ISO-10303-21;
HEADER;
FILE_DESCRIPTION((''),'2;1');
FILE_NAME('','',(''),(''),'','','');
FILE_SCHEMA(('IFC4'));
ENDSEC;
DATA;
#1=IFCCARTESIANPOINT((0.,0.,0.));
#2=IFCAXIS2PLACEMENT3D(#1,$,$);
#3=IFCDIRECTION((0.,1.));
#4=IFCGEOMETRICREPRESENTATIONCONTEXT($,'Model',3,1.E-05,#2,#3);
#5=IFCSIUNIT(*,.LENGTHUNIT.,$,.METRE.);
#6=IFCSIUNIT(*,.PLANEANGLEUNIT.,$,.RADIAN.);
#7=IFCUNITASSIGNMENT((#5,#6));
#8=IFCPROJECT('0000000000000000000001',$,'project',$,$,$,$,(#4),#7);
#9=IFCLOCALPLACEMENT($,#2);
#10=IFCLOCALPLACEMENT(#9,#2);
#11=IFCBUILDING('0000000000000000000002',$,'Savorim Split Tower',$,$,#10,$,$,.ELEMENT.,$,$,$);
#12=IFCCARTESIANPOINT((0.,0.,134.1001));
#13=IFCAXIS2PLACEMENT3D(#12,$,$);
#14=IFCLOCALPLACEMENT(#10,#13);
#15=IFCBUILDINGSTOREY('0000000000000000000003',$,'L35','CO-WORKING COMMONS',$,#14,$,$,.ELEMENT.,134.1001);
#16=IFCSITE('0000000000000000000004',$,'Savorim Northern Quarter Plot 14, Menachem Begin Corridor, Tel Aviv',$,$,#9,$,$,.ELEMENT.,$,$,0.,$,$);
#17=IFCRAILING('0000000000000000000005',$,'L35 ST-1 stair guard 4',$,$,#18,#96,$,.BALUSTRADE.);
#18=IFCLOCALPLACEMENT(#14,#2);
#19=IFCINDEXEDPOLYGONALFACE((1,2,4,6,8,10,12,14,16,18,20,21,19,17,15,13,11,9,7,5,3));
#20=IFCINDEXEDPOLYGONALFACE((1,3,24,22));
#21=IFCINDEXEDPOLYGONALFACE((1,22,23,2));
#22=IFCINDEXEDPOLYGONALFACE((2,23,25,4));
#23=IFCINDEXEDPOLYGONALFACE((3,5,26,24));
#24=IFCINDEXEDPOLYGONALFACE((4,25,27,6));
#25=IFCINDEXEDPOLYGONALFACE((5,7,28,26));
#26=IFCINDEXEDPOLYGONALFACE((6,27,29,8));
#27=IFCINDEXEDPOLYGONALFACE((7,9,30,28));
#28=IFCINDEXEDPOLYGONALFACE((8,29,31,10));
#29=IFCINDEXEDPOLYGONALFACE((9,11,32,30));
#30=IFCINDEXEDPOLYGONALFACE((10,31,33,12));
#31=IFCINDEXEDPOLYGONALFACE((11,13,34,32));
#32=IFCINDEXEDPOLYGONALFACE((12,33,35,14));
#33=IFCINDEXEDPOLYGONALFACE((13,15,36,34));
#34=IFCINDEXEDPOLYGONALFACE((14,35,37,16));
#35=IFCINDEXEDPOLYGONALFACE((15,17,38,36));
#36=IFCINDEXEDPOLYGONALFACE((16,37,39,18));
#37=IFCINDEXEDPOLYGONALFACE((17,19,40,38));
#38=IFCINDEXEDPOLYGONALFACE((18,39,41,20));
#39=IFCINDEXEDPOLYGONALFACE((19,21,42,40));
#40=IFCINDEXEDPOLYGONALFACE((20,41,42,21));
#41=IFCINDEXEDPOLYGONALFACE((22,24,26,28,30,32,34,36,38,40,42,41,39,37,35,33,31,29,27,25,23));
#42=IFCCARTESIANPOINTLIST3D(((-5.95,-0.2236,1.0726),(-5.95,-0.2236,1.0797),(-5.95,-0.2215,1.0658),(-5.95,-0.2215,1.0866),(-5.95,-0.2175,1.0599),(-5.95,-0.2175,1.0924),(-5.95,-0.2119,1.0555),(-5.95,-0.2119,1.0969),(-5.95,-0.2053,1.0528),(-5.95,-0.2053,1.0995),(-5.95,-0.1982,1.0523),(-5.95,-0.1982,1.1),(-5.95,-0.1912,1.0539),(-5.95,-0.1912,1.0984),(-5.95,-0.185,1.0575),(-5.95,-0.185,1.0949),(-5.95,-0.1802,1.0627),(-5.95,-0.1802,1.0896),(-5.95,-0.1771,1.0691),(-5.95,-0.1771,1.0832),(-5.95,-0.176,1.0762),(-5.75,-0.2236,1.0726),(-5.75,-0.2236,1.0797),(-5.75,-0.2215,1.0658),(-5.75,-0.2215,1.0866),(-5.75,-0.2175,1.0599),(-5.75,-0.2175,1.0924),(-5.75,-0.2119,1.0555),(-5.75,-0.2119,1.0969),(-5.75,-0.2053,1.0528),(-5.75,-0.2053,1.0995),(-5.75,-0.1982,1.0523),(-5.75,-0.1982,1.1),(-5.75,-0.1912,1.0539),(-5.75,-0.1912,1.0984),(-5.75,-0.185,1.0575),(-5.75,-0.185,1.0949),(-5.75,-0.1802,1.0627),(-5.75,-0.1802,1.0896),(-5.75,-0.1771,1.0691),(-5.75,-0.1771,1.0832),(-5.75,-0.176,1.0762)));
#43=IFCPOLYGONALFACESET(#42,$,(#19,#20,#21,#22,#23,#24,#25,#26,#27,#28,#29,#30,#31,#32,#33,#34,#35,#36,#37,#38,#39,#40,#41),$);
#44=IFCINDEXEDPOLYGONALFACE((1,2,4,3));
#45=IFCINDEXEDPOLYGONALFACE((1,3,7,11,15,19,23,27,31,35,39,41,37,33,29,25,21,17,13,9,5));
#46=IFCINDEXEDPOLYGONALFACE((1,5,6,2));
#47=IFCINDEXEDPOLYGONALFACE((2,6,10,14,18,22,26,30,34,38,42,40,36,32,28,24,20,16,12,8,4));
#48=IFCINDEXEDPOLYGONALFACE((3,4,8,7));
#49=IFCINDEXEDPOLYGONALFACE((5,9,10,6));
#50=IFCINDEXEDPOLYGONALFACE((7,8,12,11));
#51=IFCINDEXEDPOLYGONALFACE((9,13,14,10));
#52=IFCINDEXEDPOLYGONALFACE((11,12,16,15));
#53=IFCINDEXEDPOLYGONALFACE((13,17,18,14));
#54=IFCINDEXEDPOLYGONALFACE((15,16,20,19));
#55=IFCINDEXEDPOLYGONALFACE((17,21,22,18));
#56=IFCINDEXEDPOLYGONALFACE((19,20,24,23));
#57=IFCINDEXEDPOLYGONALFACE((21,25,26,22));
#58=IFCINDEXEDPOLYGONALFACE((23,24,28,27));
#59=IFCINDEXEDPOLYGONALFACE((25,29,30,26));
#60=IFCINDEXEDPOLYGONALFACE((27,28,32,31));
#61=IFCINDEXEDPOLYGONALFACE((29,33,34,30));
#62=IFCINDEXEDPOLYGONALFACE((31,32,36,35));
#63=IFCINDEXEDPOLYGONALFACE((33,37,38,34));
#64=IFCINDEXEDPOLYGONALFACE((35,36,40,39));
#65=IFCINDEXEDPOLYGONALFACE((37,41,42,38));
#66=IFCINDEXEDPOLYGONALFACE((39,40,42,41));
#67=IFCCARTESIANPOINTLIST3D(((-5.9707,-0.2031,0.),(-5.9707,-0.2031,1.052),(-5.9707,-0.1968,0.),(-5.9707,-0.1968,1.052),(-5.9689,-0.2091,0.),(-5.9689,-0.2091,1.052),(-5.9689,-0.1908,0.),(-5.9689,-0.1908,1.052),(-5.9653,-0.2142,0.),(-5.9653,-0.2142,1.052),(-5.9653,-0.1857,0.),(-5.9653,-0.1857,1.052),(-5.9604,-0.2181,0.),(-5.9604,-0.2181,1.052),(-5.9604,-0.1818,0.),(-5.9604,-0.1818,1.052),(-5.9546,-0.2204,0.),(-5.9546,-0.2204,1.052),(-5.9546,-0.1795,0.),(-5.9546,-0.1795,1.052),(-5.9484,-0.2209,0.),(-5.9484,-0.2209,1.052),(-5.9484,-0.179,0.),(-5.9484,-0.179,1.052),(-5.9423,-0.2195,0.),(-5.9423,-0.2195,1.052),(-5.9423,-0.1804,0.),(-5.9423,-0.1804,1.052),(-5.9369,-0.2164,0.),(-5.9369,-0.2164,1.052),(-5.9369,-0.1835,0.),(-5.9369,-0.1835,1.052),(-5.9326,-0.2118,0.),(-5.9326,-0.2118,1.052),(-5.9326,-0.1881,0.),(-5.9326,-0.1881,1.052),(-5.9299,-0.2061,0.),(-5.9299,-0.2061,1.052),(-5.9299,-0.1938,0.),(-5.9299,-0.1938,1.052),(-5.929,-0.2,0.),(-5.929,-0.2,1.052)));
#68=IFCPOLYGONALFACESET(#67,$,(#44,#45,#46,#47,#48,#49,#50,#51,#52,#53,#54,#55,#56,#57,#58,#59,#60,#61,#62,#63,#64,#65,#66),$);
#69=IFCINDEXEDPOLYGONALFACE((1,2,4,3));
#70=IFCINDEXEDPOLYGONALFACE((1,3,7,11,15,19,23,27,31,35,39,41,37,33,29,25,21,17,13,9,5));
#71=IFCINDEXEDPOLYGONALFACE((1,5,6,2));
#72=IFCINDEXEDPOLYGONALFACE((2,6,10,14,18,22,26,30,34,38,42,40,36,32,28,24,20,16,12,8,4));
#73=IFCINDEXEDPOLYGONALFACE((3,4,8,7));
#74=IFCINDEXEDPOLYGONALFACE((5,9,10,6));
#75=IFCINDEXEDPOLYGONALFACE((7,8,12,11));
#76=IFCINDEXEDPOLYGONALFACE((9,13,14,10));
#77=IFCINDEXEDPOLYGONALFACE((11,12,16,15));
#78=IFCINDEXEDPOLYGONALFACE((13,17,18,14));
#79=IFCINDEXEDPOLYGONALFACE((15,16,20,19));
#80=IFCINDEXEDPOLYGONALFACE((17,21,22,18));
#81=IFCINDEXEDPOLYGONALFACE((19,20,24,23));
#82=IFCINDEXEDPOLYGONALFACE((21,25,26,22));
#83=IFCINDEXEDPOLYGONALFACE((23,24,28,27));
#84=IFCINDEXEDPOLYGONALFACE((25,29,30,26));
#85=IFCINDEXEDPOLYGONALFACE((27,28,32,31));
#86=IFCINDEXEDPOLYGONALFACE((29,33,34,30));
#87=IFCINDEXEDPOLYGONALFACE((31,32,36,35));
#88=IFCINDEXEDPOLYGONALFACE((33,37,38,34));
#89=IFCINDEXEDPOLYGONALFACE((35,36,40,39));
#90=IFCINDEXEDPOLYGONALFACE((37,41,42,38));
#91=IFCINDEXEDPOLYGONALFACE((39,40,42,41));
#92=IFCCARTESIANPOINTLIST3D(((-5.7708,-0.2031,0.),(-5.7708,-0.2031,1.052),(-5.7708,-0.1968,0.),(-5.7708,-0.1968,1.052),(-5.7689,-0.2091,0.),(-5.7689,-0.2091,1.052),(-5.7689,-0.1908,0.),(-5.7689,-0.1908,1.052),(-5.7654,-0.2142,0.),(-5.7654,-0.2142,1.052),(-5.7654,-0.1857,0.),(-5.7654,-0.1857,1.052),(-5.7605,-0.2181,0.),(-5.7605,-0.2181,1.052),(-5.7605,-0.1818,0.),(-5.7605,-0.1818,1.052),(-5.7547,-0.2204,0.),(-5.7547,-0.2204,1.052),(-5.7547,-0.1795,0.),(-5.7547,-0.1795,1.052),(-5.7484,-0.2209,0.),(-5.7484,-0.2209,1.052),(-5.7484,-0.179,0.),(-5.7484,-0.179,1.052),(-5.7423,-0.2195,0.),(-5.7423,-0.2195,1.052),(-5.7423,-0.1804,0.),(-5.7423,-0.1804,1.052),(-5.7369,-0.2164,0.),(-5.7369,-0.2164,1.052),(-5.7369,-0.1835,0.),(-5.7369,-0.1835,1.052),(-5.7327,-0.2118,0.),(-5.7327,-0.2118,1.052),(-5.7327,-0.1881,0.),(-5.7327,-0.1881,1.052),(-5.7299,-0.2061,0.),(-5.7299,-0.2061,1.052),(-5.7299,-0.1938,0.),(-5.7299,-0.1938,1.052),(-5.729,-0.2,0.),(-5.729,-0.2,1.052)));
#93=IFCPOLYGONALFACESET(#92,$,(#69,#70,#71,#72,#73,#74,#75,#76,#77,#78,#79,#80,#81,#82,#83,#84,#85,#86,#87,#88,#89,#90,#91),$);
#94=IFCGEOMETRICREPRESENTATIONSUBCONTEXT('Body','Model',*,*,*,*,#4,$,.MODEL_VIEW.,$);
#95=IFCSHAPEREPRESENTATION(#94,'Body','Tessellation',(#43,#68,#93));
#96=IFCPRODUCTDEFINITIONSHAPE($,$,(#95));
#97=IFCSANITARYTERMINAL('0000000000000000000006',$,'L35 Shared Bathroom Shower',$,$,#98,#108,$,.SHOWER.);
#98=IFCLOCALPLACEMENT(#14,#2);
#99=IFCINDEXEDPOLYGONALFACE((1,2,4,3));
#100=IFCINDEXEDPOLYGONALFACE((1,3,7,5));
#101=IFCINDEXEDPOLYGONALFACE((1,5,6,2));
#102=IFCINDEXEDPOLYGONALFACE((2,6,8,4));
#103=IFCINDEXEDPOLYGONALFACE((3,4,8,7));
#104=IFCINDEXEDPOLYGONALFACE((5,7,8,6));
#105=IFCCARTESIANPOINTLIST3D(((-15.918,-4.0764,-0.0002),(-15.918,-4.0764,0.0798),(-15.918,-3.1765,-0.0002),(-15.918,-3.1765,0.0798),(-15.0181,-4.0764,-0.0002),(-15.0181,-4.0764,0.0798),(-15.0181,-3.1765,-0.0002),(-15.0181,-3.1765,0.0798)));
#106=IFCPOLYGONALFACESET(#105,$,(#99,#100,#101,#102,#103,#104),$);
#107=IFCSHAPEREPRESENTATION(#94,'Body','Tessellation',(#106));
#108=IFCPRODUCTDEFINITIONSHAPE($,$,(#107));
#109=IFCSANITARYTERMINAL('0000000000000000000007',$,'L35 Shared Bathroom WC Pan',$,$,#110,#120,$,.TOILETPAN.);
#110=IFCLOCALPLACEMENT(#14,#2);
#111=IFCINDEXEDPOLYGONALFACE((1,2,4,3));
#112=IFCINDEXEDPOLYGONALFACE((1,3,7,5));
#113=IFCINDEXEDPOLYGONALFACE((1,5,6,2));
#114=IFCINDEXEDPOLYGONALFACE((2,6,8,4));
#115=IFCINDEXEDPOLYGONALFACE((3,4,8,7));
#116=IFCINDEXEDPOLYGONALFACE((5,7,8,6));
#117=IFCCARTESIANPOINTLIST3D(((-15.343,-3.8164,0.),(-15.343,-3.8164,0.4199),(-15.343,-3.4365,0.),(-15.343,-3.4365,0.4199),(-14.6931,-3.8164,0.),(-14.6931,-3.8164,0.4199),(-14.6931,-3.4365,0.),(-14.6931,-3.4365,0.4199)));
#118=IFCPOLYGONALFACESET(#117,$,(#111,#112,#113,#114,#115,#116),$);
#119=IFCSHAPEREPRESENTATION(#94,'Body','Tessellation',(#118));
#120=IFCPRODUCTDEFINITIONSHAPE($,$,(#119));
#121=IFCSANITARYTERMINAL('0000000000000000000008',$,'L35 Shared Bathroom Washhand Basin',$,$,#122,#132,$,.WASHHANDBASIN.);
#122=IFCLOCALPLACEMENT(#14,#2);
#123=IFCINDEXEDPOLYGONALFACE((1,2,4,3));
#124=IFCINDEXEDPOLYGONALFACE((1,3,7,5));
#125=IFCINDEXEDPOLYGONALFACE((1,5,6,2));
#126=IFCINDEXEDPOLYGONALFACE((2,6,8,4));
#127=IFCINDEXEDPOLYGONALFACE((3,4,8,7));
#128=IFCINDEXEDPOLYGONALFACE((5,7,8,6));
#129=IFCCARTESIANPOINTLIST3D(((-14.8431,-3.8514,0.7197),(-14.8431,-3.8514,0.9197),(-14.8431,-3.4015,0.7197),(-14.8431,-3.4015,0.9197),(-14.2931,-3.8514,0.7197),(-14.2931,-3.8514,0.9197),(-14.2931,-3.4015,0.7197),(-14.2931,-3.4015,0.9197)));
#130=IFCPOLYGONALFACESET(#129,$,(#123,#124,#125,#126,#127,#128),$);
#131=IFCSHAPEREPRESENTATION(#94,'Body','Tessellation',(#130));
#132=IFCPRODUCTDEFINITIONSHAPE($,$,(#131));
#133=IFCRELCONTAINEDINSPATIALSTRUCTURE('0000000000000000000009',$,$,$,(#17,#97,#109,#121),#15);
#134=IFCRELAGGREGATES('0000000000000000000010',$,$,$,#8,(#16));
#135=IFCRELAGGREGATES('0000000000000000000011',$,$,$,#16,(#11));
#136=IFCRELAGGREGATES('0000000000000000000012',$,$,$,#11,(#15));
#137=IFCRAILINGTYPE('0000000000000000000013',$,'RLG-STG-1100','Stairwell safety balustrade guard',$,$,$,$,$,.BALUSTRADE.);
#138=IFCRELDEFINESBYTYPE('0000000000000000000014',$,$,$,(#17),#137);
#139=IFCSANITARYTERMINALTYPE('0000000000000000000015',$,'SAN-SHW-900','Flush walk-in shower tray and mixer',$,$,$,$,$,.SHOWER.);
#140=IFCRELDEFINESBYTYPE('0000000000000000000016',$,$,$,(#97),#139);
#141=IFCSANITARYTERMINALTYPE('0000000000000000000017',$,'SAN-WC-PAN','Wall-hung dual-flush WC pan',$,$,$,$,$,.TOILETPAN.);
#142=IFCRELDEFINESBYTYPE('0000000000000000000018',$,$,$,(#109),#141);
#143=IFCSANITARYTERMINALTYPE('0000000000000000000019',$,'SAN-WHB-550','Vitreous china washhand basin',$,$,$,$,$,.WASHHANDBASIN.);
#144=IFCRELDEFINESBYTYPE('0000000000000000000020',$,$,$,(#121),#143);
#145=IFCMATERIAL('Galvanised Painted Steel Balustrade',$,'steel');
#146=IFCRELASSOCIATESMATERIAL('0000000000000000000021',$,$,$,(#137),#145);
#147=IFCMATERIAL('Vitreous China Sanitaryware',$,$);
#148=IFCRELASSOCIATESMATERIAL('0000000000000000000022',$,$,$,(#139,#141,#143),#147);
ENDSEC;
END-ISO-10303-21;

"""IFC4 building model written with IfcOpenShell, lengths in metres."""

from ifc_helpers import new_model, si_unit, direction, frame, origin, origin_2d, place, context, subcontext, project, spatial, rectangle, circle, extrude, material, type_object, element, save


model = new_model("IFC4")

# Units and contexts
model_context = context("Model", 3, precision=1e-05, world=origin(), true_north=direction((0.0, 1.0)))
body_context = subcontext(model_context, "Body", "Model", "MODEL_VIEW")
ifc_project = project(units=[si_unit("LENGTHUNIT", "METRE"), si_unit("PLANEANGLEUNIT", "RADIAN")], contexts=[model_context])

# Site, building, storey
site_placement = place(None, origin())
site = spatial("IfcSite", under=ifc_project, at=site_placement, Name="Savorim Northern Quarter Plot 14, Menachem Begin Corridor, Tel Aviv", CompositionType="ELEMENT", RefElevation=0.0)
building_placement = place(site_placement, origin())
building = spatial("IfcBuilding", under=site, at=building_placement, Name="Savorim Split Tower", CompositionType="ELEMENT")
storey_placement = place(building_placement, frame((0.0, 0.0, 134.1001)))
storey = spatial("IfcBuildingStorey", under=building, at=storey_placement, Name="L35", Description="CO-WORKING COMMONS", CompositionType="ELEMENT", Elevation=134.1001)

# Railing
ifc_material_1 = material(Name="Galvanised Painted Steel Balustrade", Category="steel")
railing_type_1 = type_object("IfcRailingType", Name="RLG-STG-1100", Description="Stairwell safety balustrade guard", PredefinedType="BALUSTRADE", material=ifc_material_1)
railing_1_placement = place(storey_placement, frame((-5.95, -0.2, 0.0)))
element("IfcRailing", 1, at=railing_1_placement, inside=storey, type_object=railing_type_1, Name="L35 ST-1 stair guard 4", PredefinedType="BALUSTRADE", context=body_context, shape_type="SweptSolid", body=[
    extrude(circle(Radius=0.0239, at=origin_2d()), frame((0.0, 0.0, 1.0762), z_axis=(1.0, 0.0, 0.0), x_axis=(0.0, 1.0, 0.0)), (0.0, 0.0, 1.0), 0.2),
    extrude(circle(Radius=0.021, at=origin_2d()), origin(), (0.0, 0.0, 1.0), 1.052),
    extrude(circle(Radius=0.021, at=origin_2d()), frame((0.2, 0.0, 0.0)), (0.0, 0.0, 1.0), 1.052),
])

# Sanitary terminals
ifc_material_2 = material(Name="Vitreous China Sanitaryware")
sanitary_terminal_type_1 = type_object("IfcSanitaryTerminalType", Name="SAN-SHW-900", Description="Flush walk-in shower tray and mixer", PredefinedType="SHOWER", material=ifc_material_2)
sanitary_terminal_1_placement = place(storey_placement, frame((-15.468, -3.6265, -0.0002), z_axis=(0.0, 0.0, 1.0), x_axis=(1.0, 0.0, 0.0)))
element("IfcSanitaryTerminal", 2, at=sanitary_terminal_1_placement, inside=storey, type_object=sanitary_terminal_type_1, Name="L35 Shared Bathroom Shower", PredefinedType="SHOWER", context=body_context, shape_type="SweptSolid", body=[
    extrude(rectangle(XDim=0.8999, YDim=0.8999, at=origin_2d()), origin(), (0.0, 0.0, 1.0), 0.0801),
])
sanitary_terminal_type_2 = type_object("IfcSanitaryTerminalType", Name="SAN-WC-PAN", Description="Wall-hung dual-flush WC pan", PredefinedType="TOILETPAN", material=ifc_material_2)
sanitary_terminal_2_placement = place(storey_placement, frame((-15.0181, -3.6265, 0.0), z_axis=(0.0, 0.0, 1.0), x_axis=(1.0, 0.0, 0.0)))
element("IfcSanitaryTerminal", 3, at=sanitary_terminal_2_placement, inside=storey, type_object=sanitary_terminal_type_2, Name="L35 Shared Bathroom WC Pan", PredefinedType="TOILETPAN", context=body_context, shape_type="SweptSolid", body=[
    extrude(rectangle(XDim=0.6499, YDim=0.3799, at=origin_2d()), origin(), (0.0, 0.0, 1.0), 0.4199),
])
sanitary_terminal_type_3 = type_object("IfcSanitaryTerminalType", Name="SAN-WHB-550", Description="Vitreous china washhand basin", PredefinedType="WASHHANDBASIN", material=ifc_material_2)
sanitary_terminal_3_placement = place(storey_placement, frame((-14.5681, -3.6265, 0.7197), z_axis=(0.0, 0.0, 1.0), x_axis=(1.0, 0.0, 0.0)))
element("IfcSanitaryTerminal", 4, at=sanitary_terminal_3_placement, inside=storey, type_object=sanitary_terminal_type_3, Name="L35 Shared Bathroom Washhand Basin", PredefinedType="WASHHANDBASIN", context=body_context, shape_type="SweptSolid", body=[
    extrude(rectangle(XDim=0.55, YDim=0.45, at=origin_2d()), origin(), (0.0, 0.0, 1.0), 0.2),
])

save(model, "model.ifc")
